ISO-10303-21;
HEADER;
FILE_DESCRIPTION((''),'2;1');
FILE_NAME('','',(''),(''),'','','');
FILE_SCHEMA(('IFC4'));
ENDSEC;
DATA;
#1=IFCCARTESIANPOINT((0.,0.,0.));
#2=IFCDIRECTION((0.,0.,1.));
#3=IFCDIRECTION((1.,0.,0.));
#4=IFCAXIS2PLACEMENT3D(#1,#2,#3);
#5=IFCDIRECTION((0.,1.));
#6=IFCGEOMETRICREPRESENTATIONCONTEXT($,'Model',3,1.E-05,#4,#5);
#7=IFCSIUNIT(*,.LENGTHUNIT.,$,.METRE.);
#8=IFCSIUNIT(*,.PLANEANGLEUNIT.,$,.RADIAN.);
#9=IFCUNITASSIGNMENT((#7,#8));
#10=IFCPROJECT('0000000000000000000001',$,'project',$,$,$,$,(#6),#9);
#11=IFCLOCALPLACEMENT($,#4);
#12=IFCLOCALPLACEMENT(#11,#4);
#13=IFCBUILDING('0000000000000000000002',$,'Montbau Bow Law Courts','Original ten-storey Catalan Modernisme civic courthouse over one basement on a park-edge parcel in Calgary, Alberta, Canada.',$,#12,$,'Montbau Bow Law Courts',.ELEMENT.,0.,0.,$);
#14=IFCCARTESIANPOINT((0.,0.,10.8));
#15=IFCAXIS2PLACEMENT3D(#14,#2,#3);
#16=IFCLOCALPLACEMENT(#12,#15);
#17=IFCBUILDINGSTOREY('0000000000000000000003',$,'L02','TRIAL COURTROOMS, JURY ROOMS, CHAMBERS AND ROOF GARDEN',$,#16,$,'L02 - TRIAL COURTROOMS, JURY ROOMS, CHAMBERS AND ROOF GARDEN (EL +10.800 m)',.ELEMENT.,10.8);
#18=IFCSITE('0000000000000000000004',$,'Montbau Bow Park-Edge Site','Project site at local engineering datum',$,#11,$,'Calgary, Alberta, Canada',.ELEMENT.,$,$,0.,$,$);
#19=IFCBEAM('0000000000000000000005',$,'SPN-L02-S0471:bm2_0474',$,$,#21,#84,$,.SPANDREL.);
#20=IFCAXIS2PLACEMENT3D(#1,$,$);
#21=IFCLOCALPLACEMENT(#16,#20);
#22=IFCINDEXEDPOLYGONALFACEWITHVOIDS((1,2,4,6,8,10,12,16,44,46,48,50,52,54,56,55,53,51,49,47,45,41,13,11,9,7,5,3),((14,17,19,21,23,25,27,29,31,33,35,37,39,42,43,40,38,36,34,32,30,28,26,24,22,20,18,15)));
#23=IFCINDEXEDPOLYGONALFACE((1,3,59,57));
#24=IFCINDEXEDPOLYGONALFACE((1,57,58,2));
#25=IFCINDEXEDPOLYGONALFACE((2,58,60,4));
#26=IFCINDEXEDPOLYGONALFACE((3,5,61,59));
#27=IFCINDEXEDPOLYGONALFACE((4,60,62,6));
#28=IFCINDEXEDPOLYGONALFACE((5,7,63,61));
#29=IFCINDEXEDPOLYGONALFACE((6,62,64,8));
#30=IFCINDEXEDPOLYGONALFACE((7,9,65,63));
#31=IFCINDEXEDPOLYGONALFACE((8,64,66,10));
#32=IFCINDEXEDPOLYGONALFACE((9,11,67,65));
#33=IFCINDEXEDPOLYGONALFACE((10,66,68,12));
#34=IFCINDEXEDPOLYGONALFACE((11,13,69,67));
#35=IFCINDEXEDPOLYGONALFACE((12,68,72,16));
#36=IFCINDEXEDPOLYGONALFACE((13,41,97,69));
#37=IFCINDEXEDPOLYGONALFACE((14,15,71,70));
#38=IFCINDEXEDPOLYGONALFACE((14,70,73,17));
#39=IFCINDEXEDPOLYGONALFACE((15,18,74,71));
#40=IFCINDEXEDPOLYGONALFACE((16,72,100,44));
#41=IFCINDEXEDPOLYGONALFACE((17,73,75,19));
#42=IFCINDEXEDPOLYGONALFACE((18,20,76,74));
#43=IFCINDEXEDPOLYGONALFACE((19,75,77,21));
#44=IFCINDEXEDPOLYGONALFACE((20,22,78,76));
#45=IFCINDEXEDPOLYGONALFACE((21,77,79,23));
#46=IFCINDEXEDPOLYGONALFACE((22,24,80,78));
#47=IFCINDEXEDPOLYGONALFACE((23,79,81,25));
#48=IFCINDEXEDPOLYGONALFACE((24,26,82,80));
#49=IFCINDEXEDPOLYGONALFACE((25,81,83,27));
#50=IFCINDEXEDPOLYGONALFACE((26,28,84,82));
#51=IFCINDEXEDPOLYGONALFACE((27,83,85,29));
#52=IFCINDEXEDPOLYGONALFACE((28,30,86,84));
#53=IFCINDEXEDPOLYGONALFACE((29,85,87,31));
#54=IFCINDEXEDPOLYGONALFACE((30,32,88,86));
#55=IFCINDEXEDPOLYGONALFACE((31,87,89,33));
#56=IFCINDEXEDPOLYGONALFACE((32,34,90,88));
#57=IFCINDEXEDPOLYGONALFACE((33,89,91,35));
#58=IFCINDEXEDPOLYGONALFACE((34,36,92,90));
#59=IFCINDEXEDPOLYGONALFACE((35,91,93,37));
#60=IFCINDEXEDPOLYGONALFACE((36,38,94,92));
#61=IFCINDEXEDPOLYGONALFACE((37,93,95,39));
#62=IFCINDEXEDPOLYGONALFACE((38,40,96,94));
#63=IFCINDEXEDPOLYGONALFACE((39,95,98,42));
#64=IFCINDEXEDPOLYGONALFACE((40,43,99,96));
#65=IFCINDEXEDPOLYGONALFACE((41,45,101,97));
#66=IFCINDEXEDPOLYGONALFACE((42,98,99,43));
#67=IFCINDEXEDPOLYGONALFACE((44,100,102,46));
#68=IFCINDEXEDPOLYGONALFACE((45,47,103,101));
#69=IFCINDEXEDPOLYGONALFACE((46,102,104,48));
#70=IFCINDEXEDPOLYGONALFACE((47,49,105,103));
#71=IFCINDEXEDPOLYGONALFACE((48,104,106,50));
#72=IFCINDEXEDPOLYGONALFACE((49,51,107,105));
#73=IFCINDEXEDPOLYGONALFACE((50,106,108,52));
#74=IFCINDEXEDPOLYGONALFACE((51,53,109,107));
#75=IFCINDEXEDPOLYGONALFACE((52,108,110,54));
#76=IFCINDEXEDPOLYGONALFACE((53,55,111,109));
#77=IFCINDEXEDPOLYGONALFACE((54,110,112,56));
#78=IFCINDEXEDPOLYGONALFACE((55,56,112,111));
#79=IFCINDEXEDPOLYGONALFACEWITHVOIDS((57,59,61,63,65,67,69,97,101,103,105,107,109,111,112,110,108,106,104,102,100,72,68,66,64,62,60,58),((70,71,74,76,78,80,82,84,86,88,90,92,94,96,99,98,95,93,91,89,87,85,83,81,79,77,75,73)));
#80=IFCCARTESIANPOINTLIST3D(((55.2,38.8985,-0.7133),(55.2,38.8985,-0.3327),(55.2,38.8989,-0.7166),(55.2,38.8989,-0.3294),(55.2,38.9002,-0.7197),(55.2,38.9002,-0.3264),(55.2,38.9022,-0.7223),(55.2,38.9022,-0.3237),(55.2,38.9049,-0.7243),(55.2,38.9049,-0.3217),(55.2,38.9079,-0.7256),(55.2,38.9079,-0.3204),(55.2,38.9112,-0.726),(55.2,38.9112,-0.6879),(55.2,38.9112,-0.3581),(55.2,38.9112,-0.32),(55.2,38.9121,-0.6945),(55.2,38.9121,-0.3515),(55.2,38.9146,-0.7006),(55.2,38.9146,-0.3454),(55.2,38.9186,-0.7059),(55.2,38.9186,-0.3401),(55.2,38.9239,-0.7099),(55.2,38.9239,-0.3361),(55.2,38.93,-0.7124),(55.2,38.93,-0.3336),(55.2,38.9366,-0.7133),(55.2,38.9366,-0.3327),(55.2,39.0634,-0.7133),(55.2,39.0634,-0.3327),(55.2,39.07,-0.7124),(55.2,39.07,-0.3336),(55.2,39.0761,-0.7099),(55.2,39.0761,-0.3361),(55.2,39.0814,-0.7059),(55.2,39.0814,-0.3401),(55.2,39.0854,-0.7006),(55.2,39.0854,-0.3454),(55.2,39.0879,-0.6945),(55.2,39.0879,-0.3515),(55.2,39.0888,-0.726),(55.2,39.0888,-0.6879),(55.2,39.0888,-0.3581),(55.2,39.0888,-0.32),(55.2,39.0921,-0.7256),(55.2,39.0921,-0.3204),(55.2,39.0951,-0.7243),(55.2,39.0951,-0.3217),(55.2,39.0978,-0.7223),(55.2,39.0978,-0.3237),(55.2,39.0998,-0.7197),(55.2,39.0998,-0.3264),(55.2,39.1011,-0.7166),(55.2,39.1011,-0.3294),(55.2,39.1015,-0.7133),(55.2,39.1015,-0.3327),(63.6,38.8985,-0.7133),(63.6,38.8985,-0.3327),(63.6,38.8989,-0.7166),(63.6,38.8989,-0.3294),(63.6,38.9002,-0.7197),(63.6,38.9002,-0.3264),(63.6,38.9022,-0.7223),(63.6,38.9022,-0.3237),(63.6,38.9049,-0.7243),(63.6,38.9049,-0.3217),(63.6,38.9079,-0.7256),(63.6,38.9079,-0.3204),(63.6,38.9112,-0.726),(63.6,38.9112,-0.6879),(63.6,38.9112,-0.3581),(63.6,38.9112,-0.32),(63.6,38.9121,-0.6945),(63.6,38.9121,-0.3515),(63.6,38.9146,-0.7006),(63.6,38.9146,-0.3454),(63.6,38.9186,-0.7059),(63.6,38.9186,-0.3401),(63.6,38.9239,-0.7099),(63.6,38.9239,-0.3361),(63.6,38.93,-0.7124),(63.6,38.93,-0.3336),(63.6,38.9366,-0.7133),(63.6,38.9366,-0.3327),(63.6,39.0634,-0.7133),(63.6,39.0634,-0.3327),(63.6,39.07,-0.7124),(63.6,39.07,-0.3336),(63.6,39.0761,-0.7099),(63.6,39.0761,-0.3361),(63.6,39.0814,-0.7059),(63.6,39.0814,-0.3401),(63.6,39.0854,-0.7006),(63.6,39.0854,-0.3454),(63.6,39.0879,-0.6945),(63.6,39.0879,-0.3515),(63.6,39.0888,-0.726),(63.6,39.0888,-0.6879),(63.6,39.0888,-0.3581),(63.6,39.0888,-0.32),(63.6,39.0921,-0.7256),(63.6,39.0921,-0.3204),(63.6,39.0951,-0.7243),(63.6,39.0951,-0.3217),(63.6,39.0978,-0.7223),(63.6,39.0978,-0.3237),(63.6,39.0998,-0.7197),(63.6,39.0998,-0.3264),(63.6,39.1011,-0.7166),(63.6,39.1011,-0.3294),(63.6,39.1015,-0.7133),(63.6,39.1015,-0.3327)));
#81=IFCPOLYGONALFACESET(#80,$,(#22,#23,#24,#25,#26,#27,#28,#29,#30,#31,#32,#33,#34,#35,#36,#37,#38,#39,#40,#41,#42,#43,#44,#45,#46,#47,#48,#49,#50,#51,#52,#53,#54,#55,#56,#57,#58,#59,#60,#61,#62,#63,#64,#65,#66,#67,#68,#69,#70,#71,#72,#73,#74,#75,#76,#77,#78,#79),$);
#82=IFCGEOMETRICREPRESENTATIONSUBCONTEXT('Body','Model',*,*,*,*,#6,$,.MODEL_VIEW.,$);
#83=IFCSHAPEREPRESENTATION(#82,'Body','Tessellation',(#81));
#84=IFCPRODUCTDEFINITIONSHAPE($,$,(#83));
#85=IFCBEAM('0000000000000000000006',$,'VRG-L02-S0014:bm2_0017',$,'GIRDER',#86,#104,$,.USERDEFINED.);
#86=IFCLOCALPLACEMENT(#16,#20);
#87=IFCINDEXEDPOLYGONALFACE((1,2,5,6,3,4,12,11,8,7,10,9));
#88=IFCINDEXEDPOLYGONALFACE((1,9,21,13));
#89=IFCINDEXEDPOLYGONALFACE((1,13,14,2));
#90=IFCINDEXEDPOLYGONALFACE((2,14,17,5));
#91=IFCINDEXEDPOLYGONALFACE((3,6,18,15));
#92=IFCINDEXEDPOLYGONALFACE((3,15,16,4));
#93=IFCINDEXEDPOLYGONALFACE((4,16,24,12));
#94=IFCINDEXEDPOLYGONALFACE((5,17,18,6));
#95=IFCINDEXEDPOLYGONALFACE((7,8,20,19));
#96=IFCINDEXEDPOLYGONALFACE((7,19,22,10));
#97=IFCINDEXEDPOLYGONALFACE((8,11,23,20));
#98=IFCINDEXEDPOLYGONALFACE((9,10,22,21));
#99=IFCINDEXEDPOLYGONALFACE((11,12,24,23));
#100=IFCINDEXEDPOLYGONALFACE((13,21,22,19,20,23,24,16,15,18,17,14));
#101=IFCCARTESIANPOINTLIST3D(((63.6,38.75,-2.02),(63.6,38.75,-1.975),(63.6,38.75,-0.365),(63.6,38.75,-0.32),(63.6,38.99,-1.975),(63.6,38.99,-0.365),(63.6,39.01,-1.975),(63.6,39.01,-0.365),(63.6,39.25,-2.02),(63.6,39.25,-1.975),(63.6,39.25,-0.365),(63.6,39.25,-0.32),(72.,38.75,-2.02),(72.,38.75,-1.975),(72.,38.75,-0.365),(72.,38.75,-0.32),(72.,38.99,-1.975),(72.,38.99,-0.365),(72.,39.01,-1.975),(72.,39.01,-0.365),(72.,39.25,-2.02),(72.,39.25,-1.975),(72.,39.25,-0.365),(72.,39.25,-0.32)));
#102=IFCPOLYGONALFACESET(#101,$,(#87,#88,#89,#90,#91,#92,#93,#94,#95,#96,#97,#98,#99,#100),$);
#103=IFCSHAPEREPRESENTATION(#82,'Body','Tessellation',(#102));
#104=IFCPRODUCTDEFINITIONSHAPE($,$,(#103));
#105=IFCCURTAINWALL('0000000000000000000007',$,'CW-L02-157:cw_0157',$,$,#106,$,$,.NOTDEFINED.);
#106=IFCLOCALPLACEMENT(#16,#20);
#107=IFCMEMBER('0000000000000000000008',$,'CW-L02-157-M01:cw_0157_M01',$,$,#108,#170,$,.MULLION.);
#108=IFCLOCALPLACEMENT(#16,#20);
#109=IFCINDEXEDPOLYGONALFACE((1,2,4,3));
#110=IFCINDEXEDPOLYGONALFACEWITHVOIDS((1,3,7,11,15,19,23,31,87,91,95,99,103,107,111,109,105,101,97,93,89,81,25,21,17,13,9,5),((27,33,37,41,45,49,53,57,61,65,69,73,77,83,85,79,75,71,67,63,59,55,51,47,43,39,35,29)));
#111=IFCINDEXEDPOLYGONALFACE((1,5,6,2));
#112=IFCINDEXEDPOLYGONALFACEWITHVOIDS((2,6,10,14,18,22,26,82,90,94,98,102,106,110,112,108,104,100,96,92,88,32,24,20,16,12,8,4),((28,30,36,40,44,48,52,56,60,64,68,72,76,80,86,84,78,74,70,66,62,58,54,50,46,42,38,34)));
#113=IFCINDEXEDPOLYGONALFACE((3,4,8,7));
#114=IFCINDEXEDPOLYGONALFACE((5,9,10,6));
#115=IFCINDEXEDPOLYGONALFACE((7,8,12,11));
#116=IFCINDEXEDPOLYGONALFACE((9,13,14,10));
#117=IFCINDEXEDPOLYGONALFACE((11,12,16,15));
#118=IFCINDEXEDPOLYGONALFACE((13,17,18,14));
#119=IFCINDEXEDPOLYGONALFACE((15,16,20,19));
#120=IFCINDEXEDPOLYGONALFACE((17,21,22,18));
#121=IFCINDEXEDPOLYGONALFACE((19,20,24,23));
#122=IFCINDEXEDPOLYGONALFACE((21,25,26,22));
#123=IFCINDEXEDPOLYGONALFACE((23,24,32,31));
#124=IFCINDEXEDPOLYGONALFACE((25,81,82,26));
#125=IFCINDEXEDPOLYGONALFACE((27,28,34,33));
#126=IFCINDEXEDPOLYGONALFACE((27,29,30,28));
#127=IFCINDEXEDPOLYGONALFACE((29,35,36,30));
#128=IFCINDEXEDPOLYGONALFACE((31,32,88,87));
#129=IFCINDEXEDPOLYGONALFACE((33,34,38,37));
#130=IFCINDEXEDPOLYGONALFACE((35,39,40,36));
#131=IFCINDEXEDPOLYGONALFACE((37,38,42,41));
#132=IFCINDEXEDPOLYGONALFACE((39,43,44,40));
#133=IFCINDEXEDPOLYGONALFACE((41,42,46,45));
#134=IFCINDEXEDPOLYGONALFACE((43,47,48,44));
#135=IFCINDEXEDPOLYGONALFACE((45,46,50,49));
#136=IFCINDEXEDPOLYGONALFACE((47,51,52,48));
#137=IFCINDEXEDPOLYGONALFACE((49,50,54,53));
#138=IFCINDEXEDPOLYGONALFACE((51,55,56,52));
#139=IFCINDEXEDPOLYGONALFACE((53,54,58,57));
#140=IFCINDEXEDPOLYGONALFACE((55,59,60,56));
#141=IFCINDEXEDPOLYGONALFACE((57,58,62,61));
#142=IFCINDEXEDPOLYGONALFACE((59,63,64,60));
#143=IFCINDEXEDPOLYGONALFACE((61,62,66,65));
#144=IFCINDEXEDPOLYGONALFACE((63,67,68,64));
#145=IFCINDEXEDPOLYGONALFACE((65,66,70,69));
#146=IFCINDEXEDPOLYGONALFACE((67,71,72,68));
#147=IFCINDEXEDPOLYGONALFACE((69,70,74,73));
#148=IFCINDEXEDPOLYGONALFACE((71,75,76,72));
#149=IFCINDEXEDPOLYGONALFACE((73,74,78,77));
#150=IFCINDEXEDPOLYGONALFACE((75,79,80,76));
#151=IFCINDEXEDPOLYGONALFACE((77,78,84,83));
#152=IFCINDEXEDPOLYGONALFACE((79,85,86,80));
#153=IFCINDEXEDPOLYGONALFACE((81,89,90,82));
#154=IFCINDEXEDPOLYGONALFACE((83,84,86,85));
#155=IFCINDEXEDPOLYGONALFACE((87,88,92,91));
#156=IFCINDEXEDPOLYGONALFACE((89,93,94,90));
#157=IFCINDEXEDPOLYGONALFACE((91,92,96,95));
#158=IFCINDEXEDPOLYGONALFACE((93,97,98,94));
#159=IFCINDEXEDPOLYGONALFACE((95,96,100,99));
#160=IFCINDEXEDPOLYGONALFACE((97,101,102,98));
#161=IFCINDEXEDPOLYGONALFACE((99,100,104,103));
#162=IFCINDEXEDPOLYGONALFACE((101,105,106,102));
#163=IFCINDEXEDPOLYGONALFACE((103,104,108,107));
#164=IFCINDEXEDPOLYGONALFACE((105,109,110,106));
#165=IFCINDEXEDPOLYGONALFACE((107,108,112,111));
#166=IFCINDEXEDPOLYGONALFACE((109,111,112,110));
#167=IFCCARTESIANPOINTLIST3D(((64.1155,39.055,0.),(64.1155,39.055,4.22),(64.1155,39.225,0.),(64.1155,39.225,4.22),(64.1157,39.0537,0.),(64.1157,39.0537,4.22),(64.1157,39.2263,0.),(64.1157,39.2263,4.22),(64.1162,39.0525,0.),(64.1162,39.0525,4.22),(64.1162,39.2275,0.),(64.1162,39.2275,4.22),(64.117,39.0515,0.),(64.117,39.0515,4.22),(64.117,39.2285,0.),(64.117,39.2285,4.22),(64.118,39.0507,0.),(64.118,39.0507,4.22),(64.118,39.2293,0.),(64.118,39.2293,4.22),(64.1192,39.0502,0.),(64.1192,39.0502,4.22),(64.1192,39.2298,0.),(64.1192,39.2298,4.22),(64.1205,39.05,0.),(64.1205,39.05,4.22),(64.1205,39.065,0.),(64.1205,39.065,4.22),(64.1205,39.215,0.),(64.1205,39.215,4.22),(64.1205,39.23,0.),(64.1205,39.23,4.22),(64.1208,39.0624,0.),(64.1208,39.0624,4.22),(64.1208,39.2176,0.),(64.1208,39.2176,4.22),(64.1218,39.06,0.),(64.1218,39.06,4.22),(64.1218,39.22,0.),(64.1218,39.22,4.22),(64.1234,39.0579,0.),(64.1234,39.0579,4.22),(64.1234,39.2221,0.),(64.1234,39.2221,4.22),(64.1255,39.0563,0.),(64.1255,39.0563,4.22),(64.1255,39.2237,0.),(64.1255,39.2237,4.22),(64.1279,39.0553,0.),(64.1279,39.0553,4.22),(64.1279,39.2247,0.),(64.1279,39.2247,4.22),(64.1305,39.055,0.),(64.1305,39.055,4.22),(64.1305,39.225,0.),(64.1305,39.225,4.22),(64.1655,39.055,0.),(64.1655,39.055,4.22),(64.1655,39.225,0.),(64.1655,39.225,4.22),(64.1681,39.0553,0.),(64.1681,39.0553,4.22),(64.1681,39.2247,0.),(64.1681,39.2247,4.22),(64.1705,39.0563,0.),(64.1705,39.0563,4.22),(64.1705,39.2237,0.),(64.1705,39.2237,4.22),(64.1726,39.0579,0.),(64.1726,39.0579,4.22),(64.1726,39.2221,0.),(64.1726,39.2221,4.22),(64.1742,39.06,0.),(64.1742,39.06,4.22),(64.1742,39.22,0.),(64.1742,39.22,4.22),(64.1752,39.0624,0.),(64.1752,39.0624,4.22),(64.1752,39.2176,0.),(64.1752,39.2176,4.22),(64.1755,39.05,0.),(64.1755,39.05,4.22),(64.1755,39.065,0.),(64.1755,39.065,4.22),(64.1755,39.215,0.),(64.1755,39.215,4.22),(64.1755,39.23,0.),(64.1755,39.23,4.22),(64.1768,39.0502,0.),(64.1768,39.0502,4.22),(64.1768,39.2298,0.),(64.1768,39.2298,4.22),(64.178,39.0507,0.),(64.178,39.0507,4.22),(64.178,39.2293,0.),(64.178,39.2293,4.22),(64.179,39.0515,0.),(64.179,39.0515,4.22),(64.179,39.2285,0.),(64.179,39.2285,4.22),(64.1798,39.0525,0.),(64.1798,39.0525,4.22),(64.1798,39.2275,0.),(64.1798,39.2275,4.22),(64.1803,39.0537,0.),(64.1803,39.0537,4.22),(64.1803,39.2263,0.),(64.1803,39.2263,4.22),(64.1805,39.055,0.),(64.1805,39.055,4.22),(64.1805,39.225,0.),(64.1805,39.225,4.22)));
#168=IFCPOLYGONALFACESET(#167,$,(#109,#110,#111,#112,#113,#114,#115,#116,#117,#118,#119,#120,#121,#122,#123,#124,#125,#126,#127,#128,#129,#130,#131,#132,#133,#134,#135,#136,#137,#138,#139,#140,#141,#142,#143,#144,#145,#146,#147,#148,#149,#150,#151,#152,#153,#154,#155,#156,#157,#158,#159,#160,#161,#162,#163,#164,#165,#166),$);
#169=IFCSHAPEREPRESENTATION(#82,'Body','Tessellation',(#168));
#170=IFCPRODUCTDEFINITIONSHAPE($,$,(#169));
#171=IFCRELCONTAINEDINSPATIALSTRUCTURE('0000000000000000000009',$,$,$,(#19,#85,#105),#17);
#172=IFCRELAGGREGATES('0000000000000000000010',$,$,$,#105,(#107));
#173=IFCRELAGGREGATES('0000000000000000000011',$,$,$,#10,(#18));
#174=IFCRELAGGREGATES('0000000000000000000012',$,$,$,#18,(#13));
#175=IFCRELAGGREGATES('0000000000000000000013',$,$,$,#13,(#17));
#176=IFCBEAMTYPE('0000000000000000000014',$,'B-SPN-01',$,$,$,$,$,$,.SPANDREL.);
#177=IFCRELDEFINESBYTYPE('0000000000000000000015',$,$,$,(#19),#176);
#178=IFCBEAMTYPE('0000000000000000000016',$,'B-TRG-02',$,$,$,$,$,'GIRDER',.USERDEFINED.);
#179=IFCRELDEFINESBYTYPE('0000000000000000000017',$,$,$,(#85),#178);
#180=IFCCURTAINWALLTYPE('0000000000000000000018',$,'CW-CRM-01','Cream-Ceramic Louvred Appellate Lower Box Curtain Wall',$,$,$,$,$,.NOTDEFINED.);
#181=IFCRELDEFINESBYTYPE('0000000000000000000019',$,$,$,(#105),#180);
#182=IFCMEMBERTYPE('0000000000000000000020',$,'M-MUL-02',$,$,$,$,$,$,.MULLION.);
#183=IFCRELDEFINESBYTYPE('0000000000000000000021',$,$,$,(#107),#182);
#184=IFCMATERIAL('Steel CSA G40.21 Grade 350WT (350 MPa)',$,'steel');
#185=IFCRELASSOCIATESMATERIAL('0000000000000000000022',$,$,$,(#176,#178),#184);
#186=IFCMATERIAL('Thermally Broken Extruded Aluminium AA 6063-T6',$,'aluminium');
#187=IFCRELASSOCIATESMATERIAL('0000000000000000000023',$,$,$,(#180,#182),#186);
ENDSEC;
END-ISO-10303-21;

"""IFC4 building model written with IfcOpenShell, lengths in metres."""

from ifc_helpers import new_model, si_unit, direction, frame, origin_with_axes, origin_2d_with_axis, place, context, subcontext, project, spatial, hollow_rectangle, i_section, extrude, material, material_profile, profile_set, type_object, element, aggregate, save


model = new_model("IFC4")

# Units and contexts
model_context = context("Model", 3, precision=1e-05, world=origin_with_axes(), true_north=direction((0.0, 1.0)))
body_context = subcontext(model_context, "Body", "Model", "MODEL_VIEW")
ifc_project = project(units=[si_unit("LENGTHUNIT", "METRE"), si_unit("PLANEANGLEUNIT", "RADIAN")], contexts=[model_context])

# Site, building, storey
site_placement = place(None, origin_with_axes())
site = spatial("IfcSite", under=ifc_project, at=site_placement, Name="Montbau Bow Park-Edge Site", Description="Project site at local engineering datum", LongName="Calgary, Alberta, Canada", CompositionType="ELEMENT", RefElevation=0.0)
building_placement = place(site_placement, origin_with_axes())
building = spatial("IfcBuilding", under=site, at=building_placement, Name="Montbau Bow Law Courts", Description="Original ten-storey Catalan Modernisme civic courthouse over one basement on a park-edge parcel in Calgary, Alberta, Canada.", LongName="Montbau Bow Law Courts", CompositionType="ELEMENT", ElevationOfRefHeight=0.0, ElevationOfTerrain=0.0)
storey_placement = place(building_placement, frame((0.0, 0.0, 10.8), z_axis=(0.0, 0.0, 1.0), x_axis=(1.0, 0.0, 0.0)))
storey = spatial("IfcBuildingStorey", under=building, at=storey_placement, Name="L02", Description="TRIAL COURTROOMS, JURY ROOMS, CHAMBERS AND ROOF GARDEN", LongName="L02 - TRIAL COURTROOMS, JURY ROOMS, CHAMBERS AND ROOF GARDEN (EL +10.800 m)", CompositionType="ELEMENT", Elevation=10.8)

# Beams
ifc_material_1 = material(Name="Steel CSA G40.21 Grade 350WT (350 MPa)", Category="steel")
ifc_material_profile_1 = material_profile(ifc_material_1, hollow_rectangle(XDim=0.203, YDim=0.406, WallThickness=0.0127, InnerFilletRadius=0.0254, OuterFilletRadius=0.0127, at=origin_2d_with_axis()), Name="HSS406X203X13", Category="Main", Priority=0)
ifc_profile_set_1 = profile_set([ifc_material_profile_1], Name="Steel CSA G40.21 Grade 350WT (350 MPa)")
beam_type_1 = type_object("IfcBeamType", Name="B-SPN-01", PredefinedType="SPANDREL", material=ifc_profile_set_1)
beam_1_placement = place(None, frame((55.2, 39.0, 10.277), z_axis=(1.0, 0.0, 0.0), x_axis=(0.0, 1.0, 0.0)))
element("IfcBeam", 1, at=beam_1_placement, inside=storey, type_object=beam_type_1, Name="SPN-L02-S0471:bm2_0474", PredefinedType="SPANDREL", context=body_context, shape_type="SweptSolid", body=[
    extrude(hollow_rectangle(XDim=0.203, YDim=0.406, WallThickness=0.0127, InnerFilletRadius=0.0254, OuterFilletRadius=0.0127, at=origin_2d_with_axis()), origin_with_axes(), (0.0, 0.0, 1.0), 8.4),
])
ifc_material_profile_2 = material_profile(ifc_material_1, i_section(OverallWidth=0.5, OverallDepth=1.7, WebThickness=0.02, FlangeThickness=0.045, at=origin_2d_with_axis()), Name="WWF1700X480", Category="Main", Priority=0)
ifc_profile_set_2 = profile_set([ifc_material_profile_2], Name="Steel CSA G40.21 Grade 350WT (350 MPa)")
beam_type_2 = type_object("IfcBeamType", Name="B-TRG-02", ElementType="GIRDER", PredefinedType="USERDEFINED", material=ifc_profile_set_2)
beam_2_placement = place(None, frame((63.6, 39.0, 9.63), z_axis=(1.0, 0.0, 0.0), x_axis=(0.0, 1.0, 0.0)))
element("IfcBeam", 2, at=beam_2_placement, inside=storey, type_object=beam_type_2, Name="VRG-L02-S0014:bm2_0017", ObjectType="GIRDER", PredefinedType="USERDEFINED", context=body_context, shape_type="SweptSolid", body=[
    extrude(i_section(OverallWidth=0.5, OverallDepth=1.7, WebThickness=0.02, FlangeThickness=0.045, at=origin_2d_with_axis()), origin_with_axes(), (0.0, 0.0, 1.0), 8.4),
])

# Curtain wall, member
ifc_material_2 = material(Name="Thermally Broken Extruded Aluminium AA 6063-T6", Category="aluminium")
curtain_wall_type = type_object("IfcCurtainWallType", Name="CW-CRM-01", Description="Cream-Ceramic Louvred Appellate Lower Box Curtain Wall", PredefinedType="NOTDEFINED", material=ifc_material_2)
curtain_wall_placement = place(None, frame((64.115, 39.14, 10.8), z_axis=(0.0, 0.0, 1.0), x_axis=(1.0, 0.0, 0.0)))
curtain_wall = element("IfcCurtainWall", 3, at=curtain_wall_placement, inside=storey, type_object=curtain_wall_type, Name="CW-L02-157:cw_0157", PredefinedType="NOTDEFINED")
ifc_material_profile_3 = material_profile(ifc_material_2, hollow_rectangle(XDim=0.065, YDim=0.18, WallThickness=0.005, InnerFilletRadius=0.01, OuterFilletRadius=0.005, at=origin_2d_with_axis()), Name="CWM-180X65", Category="Main", Priority=0)
ifc_profile_set_3 = profile_set([ifc_material_profile_3], Name="Thermally Broken Extruded Aluminium AA 6063-T6")
member_type_1 = type_object("IfcMemberType", Name="M-MUL-02", PredefinedType="MULLION", material=ifc_profile_set_3)
member_1_placement = place(None, frame((64.148, 39.14, 10.8), z_axis=(0.0, 0.0, 1.0), x_axis=(1.0, 0.0, 0.0)))
member_1 = element("IfcMember", 4, at=member_1_placement, type_object=member_type_1, Name="CW-L02-157-M01:cw_0157_M01", PredefinedType="MULLION", context=body_context, shape_type="SweptSolid", body=[
    extrude(hollow_rectangle(XDim=0.065, YDim=0.18, WallThickness=0.005, InnerFilletRadius=0.01, OuterFilletRadius=0.005, at=origin_2d_with_axis()), origin_with_axes(), (0.0, 0.0, 1.0), 4.22),
])

aggregate(curtain_wall, [member_1])

save(model, "model.ifc")
